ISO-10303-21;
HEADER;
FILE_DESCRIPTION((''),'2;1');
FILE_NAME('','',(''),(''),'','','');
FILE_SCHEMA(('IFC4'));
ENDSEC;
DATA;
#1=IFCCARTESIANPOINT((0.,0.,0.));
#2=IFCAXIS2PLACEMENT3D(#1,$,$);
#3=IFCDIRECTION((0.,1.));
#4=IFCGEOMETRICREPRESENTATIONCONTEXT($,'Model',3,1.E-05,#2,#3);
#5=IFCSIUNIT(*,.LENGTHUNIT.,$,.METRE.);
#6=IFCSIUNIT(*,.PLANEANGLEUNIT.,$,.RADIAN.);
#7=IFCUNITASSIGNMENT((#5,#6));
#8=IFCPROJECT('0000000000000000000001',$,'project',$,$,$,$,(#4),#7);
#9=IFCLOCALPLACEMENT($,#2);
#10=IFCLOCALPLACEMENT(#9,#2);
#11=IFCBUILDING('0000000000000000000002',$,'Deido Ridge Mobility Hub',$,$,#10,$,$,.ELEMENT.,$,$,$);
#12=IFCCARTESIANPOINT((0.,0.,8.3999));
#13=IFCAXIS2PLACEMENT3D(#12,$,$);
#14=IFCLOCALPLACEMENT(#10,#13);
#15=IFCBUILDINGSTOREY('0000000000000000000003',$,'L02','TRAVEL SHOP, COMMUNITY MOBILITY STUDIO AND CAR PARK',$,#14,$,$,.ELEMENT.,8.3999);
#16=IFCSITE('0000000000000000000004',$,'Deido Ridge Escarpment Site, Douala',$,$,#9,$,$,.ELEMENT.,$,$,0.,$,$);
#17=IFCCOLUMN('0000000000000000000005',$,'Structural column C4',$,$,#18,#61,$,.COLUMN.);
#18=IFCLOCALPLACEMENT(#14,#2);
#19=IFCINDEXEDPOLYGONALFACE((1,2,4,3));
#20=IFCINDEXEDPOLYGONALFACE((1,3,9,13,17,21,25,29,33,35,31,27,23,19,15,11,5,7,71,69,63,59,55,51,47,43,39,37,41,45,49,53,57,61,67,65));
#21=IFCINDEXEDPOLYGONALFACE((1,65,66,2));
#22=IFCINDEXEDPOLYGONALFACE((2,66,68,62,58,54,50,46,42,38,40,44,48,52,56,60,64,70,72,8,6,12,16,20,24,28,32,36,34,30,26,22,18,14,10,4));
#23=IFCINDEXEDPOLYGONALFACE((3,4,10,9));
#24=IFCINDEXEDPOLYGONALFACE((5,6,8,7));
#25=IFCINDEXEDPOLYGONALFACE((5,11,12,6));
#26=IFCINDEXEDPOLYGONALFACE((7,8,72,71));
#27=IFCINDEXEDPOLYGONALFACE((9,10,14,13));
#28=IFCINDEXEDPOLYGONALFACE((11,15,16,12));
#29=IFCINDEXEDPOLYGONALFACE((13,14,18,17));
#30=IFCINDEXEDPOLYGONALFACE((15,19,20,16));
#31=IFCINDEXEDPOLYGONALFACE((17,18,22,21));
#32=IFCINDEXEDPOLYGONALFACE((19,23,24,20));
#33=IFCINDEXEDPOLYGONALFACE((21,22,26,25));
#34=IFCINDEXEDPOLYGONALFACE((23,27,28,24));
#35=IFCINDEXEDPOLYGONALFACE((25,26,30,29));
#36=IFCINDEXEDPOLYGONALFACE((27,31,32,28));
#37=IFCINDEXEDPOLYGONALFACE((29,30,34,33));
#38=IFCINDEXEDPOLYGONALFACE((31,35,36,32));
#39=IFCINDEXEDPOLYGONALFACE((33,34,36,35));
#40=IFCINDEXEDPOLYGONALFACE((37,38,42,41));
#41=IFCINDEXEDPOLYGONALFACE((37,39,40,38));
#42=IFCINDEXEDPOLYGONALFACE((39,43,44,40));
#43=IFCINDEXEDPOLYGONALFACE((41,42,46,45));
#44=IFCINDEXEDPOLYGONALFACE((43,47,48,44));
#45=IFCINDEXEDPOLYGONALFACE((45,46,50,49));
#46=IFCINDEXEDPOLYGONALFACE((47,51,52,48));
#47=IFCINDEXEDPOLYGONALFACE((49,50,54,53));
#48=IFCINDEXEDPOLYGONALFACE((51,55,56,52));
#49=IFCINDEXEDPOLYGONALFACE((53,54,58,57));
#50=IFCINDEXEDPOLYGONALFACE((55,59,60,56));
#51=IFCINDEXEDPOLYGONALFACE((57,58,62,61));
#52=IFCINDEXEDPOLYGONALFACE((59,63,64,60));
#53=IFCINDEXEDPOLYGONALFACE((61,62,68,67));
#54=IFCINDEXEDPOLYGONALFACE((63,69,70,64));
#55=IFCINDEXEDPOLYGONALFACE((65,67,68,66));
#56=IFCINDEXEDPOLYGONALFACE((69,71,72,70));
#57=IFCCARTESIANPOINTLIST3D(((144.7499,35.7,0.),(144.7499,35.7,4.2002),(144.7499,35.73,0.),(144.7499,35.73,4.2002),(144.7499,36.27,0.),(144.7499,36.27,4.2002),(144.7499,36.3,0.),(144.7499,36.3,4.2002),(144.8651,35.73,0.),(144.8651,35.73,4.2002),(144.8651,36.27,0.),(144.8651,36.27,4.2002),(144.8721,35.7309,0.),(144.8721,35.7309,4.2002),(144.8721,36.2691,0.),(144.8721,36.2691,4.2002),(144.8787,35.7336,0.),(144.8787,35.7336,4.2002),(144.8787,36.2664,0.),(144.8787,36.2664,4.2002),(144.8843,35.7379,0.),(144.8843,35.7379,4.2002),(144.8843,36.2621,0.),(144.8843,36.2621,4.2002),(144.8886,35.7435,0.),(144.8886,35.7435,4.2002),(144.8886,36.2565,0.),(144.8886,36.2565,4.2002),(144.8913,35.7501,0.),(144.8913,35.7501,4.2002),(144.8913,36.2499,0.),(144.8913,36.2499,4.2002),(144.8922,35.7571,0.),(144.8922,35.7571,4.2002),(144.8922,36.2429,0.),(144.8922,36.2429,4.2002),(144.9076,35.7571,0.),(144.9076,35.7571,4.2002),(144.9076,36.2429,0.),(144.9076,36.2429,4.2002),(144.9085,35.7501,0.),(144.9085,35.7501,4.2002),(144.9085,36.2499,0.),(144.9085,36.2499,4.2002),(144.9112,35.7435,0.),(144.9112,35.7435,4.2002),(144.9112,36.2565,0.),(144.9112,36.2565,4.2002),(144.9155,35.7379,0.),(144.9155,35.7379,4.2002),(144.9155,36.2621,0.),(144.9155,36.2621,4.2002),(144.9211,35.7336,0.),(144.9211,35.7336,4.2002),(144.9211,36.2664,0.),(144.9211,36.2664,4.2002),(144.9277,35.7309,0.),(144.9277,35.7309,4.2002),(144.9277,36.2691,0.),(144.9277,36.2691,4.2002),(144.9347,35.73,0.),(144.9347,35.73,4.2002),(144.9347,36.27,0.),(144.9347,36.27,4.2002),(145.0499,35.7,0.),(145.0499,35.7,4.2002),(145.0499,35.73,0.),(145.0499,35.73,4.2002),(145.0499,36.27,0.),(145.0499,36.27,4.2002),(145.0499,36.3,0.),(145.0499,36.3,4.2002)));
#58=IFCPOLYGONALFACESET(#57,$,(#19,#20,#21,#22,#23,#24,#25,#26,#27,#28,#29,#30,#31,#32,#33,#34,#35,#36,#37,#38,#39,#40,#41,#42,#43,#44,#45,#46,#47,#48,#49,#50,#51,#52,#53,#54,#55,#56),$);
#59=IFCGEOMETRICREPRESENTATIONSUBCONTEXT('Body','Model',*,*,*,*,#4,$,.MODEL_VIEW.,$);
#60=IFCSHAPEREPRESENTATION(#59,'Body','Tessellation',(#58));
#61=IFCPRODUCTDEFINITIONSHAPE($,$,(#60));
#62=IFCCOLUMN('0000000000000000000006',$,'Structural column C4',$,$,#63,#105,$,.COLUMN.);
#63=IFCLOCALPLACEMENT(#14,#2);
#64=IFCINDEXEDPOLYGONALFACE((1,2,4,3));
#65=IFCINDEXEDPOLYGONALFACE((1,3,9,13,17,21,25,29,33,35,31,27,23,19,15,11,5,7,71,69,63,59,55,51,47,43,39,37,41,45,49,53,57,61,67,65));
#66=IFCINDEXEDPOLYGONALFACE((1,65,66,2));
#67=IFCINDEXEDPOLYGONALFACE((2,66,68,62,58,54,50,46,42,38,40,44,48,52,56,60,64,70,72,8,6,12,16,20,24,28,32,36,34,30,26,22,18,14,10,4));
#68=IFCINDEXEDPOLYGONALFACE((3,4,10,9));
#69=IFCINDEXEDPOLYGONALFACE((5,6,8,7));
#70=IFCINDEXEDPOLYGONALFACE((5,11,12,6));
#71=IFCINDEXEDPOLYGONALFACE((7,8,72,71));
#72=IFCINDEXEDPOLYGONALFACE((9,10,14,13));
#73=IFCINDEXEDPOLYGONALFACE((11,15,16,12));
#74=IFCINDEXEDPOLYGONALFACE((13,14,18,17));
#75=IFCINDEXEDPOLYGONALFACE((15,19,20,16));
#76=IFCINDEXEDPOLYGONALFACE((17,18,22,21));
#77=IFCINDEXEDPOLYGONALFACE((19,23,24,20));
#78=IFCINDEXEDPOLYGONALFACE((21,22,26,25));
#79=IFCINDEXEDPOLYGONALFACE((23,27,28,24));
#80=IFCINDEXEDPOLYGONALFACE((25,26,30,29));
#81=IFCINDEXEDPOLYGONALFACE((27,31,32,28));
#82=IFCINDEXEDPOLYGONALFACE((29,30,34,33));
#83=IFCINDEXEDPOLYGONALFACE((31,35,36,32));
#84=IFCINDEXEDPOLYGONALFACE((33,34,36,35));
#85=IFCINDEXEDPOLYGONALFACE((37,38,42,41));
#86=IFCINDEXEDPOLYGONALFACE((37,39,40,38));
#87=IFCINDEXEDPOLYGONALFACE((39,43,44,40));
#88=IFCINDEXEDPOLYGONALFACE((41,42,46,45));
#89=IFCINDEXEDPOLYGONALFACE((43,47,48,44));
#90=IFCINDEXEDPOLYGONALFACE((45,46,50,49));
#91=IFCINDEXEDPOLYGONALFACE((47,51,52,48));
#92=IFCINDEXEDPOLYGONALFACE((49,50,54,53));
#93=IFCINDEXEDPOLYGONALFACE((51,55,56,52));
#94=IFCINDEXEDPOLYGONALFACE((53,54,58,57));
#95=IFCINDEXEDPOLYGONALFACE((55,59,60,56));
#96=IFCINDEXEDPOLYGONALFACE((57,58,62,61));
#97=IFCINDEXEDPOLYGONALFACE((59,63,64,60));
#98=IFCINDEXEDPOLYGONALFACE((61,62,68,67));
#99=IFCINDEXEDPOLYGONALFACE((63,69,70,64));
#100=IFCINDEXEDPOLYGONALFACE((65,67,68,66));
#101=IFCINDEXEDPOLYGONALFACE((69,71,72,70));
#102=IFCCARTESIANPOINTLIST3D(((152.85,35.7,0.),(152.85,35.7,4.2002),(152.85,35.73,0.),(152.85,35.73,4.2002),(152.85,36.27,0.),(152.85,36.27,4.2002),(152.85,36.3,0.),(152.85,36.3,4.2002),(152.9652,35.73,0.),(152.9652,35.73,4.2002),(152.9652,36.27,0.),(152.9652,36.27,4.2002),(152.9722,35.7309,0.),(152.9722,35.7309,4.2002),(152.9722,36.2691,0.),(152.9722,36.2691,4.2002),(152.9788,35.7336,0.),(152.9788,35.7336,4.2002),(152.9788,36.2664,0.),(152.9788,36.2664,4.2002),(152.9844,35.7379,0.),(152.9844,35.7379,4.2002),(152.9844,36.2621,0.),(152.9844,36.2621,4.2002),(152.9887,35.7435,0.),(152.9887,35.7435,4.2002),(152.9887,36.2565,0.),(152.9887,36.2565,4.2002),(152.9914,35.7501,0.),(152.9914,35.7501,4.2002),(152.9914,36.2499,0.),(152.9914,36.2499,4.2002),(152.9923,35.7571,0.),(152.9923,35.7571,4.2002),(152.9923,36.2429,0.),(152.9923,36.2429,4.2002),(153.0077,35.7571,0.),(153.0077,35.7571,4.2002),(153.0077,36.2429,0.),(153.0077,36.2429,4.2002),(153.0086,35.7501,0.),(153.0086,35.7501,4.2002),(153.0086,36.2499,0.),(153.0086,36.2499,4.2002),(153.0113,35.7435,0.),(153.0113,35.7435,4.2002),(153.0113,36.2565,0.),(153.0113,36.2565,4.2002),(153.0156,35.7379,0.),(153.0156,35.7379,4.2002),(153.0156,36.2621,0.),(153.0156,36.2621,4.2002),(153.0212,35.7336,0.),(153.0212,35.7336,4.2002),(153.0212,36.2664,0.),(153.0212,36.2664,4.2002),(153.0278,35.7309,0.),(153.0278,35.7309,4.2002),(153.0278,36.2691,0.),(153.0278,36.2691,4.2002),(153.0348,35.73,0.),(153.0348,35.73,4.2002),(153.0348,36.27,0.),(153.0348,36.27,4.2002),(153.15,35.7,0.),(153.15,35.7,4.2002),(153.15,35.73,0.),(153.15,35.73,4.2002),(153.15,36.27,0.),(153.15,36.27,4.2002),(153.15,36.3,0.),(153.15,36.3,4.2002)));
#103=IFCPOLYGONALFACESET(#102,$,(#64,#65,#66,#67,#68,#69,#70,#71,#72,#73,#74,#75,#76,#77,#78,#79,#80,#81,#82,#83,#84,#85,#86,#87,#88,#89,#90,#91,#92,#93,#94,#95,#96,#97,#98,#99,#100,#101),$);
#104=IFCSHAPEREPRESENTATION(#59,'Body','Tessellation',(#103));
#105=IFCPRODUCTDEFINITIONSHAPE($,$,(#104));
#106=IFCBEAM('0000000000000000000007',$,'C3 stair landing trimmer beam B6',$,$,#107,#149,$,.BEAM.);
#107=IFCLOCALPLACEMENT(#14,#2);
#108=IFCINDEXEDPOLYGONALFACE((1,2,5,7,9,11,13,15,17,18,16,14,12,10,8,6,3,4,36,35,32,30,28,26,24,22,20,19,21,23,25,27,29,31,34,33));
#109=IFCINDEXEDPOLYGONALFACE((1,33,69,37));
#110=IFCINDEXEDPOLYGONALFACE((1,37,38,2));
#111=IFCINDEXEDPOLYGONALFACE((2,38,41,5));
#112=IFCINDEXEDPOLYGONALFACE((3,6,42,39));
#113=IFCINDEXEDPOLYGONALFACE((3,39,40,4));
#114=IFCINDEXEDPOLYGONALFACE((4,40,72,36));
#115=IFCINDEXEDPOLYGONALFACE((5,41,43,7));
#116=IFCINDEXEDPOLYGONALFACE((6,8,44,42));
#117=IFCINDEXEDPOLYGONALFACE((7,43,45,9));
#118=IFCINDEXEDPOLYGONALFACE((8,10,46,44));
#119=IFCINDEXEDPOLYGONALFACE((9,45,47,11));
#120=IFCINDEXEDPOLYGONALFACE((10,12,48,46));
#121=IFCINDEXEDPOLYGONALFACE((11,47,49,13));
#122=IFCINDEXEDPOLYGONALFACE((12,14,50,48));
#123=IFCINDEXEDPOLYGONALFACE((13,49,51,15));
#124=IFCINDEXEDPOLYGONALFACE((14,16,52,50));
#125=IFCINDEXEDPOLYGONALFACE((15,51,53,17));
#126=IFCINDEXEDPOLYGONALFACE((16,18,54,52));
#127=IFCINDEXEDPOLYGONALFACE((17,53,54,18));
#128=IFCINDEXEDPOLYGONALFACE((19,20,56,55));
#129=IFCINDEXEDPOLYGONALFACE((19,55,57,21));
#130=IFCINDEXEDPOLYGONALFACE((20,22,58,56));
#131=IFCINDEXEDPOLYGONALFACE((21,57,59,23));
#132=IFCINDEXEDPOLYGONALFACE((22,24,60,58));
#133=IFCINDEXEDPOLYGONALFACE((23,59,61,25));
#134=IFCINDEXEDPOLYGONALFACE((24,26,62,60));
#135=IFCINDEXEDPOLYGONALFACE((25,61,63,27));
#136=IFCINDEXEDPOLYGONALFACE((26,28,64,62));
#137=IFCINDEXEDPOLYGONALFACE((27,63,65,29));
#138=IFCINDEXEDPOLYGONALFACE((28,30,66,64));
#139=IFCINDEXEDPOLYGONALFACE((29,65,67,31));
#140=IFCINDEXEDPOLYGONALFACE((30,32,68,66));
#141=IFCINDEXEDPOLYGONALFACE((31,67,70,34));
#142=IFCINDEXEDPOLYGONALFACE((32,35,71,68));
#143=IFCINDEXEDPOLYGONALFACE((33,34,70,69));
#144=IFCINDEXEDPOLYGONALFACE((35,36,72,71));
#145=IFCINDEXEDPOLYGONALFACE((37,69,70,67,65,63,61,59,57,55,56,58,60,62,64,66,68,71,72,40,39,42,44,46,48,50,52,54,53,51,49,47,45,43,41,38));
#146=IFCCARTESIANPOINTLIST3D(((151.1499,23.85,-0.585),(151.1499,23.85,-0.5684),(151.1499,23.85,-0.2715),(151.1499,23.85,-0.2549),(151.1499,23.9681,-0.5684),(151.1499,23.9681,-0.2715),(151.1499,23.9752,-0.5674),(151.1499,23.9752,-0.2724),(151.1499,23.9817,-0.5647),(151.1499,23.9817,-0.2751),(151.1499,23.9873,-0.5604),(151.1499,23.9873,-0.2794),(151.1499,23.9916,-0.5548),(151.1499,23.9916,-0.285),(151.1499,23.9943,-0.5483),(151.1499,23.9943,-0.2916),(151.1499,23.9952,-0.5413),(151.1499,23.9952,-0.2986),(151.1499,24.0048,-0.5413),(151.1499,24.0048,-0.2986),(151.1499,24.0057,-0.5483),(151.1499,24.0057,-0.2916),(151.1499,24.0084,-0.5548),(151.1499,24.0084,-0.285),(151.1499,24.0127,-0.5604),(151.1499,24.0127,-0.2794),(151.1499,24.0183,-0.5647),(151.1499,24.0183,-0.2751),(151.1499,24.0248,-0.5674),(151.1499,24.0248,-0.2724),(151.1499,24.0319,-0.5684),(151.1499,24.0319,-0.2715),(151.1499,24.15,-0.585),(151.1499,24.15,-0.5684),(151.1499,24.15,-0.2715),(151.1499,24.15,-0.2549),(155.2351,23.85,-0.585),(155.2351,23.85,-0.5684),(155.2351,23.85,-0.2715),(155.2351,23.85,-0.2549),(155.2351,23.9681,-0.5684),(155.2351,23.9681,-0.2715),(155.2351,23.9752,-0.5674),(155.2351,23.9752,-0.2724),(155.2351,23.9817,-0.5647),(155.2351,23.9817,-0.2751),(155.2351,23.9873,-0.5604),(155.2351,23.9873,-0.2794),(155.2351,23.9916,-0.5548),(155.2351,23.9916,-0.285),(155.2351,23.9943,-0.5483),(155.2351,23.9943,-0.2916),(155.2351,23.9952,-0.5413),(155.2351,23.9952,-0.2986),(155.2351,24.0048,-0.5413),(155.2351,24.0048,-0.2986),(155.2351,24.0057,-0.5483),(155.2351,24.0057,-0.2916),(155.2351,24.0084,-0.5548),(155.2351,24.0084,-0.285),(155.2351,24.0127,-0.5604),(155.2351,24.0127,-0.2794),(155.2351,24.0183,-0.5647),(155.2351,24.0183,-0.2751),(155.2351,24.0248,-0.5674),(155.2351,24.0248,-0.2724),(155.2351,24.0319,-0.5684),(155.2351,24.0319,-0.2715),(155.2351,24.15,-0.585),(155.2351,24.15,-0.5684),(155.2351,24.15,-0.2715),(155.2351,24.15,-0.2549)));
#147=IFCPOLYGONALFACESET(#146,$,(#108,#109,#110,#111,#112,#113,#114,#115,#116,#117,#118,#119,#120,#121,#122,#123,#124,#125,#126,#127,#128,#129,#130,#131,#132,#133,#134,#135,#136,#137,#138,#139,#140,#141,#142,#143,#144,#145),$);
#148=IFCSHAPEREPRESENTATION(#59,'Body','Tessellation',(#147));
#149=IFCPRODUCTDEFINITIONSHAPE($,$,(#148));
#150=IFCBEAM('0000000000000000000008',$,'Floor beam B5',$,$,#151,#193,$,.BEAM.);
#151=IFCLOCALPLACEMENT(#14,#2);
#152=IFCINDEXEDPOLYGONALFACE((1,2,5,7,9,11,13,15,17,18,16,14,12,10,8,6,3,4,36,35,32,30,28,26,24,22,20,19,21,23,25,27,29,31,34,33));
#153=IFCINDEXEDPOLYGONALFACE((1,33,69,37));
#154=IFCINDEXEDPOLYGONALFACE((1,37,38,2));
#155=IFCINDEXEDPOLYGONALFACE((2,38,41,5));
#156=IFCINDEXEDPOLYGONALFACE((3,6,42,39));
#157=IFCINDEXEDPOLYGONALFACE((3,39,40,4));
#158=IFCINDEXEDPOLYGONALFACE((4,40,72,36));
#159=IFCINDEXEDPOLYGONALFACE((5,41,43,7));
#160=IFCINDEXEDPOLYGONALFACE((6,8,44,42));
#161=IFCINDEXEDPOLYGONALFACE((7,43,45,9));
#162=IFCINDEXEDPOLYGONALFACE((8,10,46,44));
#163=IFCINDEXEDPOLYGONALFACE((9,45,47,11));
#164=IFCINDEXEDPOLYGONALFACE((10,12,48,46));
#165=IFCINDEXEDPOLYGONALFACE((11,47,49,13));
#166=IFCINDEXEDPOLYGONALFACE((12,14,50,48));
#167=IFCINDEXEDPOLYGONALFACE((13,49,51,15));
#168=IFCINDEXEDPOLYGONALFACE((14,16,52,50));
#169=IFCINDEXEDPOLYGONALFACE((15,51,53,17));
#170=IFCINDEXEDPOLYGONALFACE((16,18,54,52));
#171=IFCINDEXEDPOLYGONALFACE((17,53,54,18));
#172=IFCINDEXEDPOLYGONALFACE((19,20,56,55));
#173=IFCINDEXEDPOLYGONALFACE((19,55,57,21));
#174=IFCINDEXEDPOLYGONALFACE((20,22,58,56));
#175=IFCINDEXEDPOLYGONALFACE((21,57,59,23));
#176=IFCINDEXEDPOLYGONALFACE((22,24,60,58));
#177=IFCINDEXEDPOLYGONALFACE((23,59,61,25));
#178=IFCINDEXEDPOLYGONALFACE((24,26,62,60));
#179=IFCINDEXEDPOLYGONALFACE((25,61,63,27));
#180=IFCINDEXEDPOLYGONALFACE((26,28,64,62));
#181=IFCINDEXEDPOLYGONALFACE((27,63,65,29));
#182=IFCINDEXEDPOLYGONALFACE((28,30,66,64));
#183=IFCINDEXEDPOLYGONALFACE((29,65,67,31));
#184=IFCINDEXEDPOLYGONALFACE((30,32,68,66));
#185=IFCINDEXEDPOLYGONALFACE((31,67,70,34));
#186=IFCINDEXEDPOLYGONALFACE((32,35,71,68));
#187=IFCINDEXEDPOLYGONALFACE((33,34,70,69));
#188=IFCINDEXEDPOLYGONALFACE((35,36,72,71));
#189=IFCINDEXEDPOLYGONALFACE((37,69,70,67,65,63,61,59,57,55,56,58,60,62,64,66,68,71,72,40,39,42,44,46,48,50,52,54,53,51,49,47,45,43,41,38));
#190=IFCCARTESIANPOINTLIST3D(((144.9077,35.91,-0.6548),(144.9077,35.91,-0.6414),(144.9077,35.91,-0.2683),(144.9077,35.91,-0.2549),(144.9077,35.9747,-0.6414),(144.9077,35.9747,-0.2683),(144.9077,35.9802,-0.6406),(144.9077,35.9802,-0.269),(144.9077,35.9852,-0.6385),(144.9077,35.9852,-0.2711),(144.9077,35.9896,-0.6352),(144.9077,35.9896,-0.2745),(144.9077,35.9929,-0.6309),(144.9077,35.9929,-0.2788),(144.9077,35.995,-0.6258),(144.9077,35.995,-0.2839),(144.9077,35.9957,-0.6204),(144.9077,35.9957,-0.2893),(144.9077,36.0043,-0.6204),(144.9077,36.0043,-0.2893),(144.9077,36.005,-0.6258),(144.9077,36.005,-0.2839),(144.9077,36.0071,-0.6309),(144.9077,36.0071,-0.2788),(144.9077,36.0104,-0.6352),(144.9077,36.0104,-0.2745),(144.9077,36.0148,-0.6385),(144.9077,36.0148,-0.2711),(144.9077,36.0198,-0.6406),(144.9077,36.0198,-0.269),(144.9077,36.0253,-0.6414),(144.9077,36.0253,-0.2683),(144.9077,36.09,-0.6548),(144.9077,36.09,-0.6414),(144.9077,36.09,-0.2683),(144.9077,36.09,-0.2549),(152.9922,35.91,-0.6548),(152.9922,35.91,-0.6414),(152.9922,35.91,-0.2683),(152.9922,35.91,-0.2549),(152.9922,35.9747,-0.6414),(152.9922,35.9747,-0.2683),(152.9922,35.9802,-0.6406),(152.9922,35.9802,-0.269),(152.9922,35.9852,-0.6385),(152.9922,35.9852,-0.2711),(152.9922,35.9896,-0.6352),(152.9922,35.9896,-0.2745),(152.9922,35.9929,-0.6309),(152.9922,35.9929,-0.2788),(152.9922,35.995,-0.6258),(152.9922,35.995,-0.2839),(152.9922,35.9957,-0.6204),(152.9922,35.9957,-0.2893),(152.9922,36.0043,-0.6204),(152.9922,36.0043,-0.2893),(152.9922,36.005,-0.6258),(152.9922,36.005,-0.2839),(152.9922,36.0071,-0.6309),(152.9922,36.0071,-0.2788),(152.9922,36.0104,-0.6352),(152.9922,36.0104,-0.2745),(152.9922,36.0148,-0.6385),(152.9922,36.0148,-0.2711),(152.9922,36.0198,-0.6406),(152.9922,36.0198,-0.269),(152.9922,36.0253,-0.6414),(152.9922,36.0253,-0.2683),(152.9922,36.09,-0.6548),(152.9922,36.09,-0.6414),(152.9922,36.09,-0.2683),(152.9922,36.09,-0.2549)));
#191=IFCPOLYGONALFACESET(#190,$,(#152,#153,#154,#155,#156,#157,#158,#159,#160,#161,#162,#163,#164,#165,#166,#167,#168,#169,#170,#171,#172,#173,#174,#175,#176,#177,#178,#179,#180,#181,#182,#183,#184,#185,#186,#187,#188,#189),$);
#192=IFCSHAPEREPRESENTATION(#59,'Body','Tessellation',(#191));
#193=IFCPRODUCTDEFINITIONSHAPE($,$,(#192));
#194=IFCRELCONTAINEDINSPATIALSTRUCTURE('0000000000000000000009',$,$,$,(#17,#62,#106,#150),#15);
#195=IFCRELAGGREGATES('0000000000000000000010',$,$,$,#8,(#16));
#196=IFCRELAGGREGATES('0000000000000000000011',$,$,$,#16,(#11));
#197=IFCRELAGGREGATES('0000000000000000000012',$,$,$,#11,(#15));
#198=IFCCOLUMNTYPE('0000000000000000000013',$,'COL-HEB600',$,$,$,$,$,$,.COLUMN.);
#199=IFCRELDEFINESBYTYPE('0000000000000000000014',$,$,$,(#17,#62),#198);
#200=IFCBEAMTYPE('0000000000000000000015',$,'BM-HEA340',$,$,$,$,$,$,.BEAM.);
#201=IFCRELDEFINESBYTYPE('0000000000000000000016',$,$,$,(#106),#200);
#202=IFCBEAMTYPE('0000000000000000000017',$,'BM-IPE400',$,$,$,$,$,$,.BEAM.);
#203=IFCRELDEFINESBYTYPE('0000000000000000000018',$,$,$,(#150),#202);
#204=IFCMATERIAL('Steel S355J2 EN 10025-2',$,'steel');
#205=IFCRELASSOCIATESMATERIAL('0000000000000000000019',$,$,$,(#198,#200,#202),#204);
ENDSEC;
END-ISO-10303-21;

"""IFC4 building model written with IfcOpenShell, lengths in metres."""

from ifc_helpers import new_model, si_unit, direction, frame, origin, origin_2d, place, context, subcontext, project, spatial, i_section, extrude, material, material_profile, profile_set, type_object, element, save


model = new_model("IFC4")

# Units and contexts
model_context = context("Model", 3, precision=1e-05, world=origin(), true_north=direction((0.0, 1.0)))
body_context = subcontext(model_context, "Body", "Model", "MODEL_VIEW")
ifc_project = project(units=[si_unit("LENGTHUNIT", "METRE"), si_unit("PLANEANGLEUNIT", "RADIAN")], contexts=[model_context])

# Site, building, storey
site_placement = place(None, origin())
site = spatial("IfcSite", under=ifc_project, at=site_placement, Name="Deido Ridge Escarpment Site, Douala", CompositionType="ELEMENT", RefElevation=0.0)
building_placement = place(site_placement, origin())
building = spatial("IfcBuilding", under=site, at=building_placement, Name="Deido Ridge Mobility Hub", CompositionType="ELEMENT")
storey_placement = place(building_placement, frame((0.0, 0.0, 8.3999)))
storey = spatial("IfcBuildingStorey", under=building, at=storey_placement, Name="L02", Description="TRAVEL SHOP, COMMUNITY MOBILITY STUDIO AND CAR PARK", CompositionType="ELEMENT", Elevation=8.3999)

# Columns
ifc_material_1 = material(Name="Steel S355J2 EN 10025-2", Category="steel")
ifc_material_profile_1 = material_profile(ifc_material_1, i_section(OverallWidth=0.3, OverallDepth=0.6001, WebThickness=0.0154, FlangeThickness=0.03, FilletRadius=0.0271, at=origin_2d()), Name="HEB 600")
ifc_profile_set_1 = profile_set([ifc_material_profile_1], Name="Steel S355J2 EN 10025-2")
column_type = type_object("IfcColumnType", Name="COL-HEB600", PredefinedType="COLUMN", material=ifc_profile_set_1)
for number, where, z_axis, x_axis, name in (
    (1, (144.8999, 36.0, 0.0), (0.0, 0.0, 1.0), (1.0, 0.0, 0.0), "Structural column C4"),
    (2, (153.0, 36.0, 0.0), (0.0, 0.0, 1.0), (1.0, 0.0, 0.0), "Structural column C4"),
):
    element("IfcColumn", number, at=place(storey_placement, frame(where, z_axis=z_axis, x_axis=x_axis)), inside=storey, type_object=column_type, Name=name, PredefinedType="COLUMN", context=body_context, shape_type="SweptSolid", body=[
        extrude(i_section(OverallWidth=0.3, OverallDepth=0.6001, WebThickness=0.0154, FlangeThickness=0.03, FilletRadius=0.0271, at=origin_2d()), origin(), (0.0, 0.0, 1.0), 4.2002),
    ])

# Beams
ifc_material_profile_2 = material_profile(ifc_material_1, i_section(OverallWidth=0.3, OverallDepth=0.3301, WebThickness=0.0095, FlangeThickness=0.0166, FilletRadius=0.0271, at=origin_2d()), Name="HEA 340")
ifc_profile_set_2 = profile_set([ifc_material_profile_2], Name="Steel S355J2 EN 10025-2")
beam_type_1 = type_object("IfcBeamType", Name="BM-HEA340", PredefinedType="BEAM", material=ifc_profile_set_2)
beam_1_placement = place(storey_placement, frame((151.1499, 24.0, -0.4199), z_axis=(1.0, 0.0, 0.0), x_axis=(0.0, 1.0, 0.0)))
element("IfcBeam", 3, at=beam_1_placement, inside=storey, type_object=beam_type_1, Name="C3 stair landing trimmer beam B6", PredefinedType="BEAM", context=body_context, shape_type="SweptSolid", body=[
    extrude(i_section(OverallWidth=0.3, OverallDepth=0.3301, WebThickness=0.0095, FlangeThickness=0.0166, FilletRadius=0.0271, at=origin_2d()), origin(), (0.0, 0.0, 1.0), 4.0852),
])
ifc_material_profile_3 = material_profile(ifc_material_1, i_section(OverallWidth=0.1799, OverallDepth=0.3999, WebThickness=0.0085, FlangeThickness=0.0134, FilletRadius=0.021, at=origin_2d()), Name="IPE 400")
ifc_profile_set_3 = profile_set([ifc_material_profile_3], Name="Steel S355J2 EN 10025-2")
beam_type_2 = type_object("IfcBeamType", Name="BM-IPE400", PredefinedType="BEAM", material=ifc_profile_set_3)
beam_2_placement = place(storey_placement, frame((144.9077, 36.0, -0.4548), z_axis=(1.0, 0.0, 0.0), x_axis=(0.0, 1.0, 0.0)))
element("IfcBeam", 4, at=beam_2_placement, inside=storey, type_object=beam_type_2, Name="Floor beam B5", PredefinedType="BEAM", context=body_context, shape_type="SweptSolid", body=[
    extrude(i_section(OverallWidth=0.1799, OverallDepth=0.3999, WebThickness=0.0085, FlangeThickness=0.0134, FilletRadius=0.021, at=origin_2d()), origin(), (0.0, 0.0, 1.0), 8.0845),
])

save(model, "model.ifc")
